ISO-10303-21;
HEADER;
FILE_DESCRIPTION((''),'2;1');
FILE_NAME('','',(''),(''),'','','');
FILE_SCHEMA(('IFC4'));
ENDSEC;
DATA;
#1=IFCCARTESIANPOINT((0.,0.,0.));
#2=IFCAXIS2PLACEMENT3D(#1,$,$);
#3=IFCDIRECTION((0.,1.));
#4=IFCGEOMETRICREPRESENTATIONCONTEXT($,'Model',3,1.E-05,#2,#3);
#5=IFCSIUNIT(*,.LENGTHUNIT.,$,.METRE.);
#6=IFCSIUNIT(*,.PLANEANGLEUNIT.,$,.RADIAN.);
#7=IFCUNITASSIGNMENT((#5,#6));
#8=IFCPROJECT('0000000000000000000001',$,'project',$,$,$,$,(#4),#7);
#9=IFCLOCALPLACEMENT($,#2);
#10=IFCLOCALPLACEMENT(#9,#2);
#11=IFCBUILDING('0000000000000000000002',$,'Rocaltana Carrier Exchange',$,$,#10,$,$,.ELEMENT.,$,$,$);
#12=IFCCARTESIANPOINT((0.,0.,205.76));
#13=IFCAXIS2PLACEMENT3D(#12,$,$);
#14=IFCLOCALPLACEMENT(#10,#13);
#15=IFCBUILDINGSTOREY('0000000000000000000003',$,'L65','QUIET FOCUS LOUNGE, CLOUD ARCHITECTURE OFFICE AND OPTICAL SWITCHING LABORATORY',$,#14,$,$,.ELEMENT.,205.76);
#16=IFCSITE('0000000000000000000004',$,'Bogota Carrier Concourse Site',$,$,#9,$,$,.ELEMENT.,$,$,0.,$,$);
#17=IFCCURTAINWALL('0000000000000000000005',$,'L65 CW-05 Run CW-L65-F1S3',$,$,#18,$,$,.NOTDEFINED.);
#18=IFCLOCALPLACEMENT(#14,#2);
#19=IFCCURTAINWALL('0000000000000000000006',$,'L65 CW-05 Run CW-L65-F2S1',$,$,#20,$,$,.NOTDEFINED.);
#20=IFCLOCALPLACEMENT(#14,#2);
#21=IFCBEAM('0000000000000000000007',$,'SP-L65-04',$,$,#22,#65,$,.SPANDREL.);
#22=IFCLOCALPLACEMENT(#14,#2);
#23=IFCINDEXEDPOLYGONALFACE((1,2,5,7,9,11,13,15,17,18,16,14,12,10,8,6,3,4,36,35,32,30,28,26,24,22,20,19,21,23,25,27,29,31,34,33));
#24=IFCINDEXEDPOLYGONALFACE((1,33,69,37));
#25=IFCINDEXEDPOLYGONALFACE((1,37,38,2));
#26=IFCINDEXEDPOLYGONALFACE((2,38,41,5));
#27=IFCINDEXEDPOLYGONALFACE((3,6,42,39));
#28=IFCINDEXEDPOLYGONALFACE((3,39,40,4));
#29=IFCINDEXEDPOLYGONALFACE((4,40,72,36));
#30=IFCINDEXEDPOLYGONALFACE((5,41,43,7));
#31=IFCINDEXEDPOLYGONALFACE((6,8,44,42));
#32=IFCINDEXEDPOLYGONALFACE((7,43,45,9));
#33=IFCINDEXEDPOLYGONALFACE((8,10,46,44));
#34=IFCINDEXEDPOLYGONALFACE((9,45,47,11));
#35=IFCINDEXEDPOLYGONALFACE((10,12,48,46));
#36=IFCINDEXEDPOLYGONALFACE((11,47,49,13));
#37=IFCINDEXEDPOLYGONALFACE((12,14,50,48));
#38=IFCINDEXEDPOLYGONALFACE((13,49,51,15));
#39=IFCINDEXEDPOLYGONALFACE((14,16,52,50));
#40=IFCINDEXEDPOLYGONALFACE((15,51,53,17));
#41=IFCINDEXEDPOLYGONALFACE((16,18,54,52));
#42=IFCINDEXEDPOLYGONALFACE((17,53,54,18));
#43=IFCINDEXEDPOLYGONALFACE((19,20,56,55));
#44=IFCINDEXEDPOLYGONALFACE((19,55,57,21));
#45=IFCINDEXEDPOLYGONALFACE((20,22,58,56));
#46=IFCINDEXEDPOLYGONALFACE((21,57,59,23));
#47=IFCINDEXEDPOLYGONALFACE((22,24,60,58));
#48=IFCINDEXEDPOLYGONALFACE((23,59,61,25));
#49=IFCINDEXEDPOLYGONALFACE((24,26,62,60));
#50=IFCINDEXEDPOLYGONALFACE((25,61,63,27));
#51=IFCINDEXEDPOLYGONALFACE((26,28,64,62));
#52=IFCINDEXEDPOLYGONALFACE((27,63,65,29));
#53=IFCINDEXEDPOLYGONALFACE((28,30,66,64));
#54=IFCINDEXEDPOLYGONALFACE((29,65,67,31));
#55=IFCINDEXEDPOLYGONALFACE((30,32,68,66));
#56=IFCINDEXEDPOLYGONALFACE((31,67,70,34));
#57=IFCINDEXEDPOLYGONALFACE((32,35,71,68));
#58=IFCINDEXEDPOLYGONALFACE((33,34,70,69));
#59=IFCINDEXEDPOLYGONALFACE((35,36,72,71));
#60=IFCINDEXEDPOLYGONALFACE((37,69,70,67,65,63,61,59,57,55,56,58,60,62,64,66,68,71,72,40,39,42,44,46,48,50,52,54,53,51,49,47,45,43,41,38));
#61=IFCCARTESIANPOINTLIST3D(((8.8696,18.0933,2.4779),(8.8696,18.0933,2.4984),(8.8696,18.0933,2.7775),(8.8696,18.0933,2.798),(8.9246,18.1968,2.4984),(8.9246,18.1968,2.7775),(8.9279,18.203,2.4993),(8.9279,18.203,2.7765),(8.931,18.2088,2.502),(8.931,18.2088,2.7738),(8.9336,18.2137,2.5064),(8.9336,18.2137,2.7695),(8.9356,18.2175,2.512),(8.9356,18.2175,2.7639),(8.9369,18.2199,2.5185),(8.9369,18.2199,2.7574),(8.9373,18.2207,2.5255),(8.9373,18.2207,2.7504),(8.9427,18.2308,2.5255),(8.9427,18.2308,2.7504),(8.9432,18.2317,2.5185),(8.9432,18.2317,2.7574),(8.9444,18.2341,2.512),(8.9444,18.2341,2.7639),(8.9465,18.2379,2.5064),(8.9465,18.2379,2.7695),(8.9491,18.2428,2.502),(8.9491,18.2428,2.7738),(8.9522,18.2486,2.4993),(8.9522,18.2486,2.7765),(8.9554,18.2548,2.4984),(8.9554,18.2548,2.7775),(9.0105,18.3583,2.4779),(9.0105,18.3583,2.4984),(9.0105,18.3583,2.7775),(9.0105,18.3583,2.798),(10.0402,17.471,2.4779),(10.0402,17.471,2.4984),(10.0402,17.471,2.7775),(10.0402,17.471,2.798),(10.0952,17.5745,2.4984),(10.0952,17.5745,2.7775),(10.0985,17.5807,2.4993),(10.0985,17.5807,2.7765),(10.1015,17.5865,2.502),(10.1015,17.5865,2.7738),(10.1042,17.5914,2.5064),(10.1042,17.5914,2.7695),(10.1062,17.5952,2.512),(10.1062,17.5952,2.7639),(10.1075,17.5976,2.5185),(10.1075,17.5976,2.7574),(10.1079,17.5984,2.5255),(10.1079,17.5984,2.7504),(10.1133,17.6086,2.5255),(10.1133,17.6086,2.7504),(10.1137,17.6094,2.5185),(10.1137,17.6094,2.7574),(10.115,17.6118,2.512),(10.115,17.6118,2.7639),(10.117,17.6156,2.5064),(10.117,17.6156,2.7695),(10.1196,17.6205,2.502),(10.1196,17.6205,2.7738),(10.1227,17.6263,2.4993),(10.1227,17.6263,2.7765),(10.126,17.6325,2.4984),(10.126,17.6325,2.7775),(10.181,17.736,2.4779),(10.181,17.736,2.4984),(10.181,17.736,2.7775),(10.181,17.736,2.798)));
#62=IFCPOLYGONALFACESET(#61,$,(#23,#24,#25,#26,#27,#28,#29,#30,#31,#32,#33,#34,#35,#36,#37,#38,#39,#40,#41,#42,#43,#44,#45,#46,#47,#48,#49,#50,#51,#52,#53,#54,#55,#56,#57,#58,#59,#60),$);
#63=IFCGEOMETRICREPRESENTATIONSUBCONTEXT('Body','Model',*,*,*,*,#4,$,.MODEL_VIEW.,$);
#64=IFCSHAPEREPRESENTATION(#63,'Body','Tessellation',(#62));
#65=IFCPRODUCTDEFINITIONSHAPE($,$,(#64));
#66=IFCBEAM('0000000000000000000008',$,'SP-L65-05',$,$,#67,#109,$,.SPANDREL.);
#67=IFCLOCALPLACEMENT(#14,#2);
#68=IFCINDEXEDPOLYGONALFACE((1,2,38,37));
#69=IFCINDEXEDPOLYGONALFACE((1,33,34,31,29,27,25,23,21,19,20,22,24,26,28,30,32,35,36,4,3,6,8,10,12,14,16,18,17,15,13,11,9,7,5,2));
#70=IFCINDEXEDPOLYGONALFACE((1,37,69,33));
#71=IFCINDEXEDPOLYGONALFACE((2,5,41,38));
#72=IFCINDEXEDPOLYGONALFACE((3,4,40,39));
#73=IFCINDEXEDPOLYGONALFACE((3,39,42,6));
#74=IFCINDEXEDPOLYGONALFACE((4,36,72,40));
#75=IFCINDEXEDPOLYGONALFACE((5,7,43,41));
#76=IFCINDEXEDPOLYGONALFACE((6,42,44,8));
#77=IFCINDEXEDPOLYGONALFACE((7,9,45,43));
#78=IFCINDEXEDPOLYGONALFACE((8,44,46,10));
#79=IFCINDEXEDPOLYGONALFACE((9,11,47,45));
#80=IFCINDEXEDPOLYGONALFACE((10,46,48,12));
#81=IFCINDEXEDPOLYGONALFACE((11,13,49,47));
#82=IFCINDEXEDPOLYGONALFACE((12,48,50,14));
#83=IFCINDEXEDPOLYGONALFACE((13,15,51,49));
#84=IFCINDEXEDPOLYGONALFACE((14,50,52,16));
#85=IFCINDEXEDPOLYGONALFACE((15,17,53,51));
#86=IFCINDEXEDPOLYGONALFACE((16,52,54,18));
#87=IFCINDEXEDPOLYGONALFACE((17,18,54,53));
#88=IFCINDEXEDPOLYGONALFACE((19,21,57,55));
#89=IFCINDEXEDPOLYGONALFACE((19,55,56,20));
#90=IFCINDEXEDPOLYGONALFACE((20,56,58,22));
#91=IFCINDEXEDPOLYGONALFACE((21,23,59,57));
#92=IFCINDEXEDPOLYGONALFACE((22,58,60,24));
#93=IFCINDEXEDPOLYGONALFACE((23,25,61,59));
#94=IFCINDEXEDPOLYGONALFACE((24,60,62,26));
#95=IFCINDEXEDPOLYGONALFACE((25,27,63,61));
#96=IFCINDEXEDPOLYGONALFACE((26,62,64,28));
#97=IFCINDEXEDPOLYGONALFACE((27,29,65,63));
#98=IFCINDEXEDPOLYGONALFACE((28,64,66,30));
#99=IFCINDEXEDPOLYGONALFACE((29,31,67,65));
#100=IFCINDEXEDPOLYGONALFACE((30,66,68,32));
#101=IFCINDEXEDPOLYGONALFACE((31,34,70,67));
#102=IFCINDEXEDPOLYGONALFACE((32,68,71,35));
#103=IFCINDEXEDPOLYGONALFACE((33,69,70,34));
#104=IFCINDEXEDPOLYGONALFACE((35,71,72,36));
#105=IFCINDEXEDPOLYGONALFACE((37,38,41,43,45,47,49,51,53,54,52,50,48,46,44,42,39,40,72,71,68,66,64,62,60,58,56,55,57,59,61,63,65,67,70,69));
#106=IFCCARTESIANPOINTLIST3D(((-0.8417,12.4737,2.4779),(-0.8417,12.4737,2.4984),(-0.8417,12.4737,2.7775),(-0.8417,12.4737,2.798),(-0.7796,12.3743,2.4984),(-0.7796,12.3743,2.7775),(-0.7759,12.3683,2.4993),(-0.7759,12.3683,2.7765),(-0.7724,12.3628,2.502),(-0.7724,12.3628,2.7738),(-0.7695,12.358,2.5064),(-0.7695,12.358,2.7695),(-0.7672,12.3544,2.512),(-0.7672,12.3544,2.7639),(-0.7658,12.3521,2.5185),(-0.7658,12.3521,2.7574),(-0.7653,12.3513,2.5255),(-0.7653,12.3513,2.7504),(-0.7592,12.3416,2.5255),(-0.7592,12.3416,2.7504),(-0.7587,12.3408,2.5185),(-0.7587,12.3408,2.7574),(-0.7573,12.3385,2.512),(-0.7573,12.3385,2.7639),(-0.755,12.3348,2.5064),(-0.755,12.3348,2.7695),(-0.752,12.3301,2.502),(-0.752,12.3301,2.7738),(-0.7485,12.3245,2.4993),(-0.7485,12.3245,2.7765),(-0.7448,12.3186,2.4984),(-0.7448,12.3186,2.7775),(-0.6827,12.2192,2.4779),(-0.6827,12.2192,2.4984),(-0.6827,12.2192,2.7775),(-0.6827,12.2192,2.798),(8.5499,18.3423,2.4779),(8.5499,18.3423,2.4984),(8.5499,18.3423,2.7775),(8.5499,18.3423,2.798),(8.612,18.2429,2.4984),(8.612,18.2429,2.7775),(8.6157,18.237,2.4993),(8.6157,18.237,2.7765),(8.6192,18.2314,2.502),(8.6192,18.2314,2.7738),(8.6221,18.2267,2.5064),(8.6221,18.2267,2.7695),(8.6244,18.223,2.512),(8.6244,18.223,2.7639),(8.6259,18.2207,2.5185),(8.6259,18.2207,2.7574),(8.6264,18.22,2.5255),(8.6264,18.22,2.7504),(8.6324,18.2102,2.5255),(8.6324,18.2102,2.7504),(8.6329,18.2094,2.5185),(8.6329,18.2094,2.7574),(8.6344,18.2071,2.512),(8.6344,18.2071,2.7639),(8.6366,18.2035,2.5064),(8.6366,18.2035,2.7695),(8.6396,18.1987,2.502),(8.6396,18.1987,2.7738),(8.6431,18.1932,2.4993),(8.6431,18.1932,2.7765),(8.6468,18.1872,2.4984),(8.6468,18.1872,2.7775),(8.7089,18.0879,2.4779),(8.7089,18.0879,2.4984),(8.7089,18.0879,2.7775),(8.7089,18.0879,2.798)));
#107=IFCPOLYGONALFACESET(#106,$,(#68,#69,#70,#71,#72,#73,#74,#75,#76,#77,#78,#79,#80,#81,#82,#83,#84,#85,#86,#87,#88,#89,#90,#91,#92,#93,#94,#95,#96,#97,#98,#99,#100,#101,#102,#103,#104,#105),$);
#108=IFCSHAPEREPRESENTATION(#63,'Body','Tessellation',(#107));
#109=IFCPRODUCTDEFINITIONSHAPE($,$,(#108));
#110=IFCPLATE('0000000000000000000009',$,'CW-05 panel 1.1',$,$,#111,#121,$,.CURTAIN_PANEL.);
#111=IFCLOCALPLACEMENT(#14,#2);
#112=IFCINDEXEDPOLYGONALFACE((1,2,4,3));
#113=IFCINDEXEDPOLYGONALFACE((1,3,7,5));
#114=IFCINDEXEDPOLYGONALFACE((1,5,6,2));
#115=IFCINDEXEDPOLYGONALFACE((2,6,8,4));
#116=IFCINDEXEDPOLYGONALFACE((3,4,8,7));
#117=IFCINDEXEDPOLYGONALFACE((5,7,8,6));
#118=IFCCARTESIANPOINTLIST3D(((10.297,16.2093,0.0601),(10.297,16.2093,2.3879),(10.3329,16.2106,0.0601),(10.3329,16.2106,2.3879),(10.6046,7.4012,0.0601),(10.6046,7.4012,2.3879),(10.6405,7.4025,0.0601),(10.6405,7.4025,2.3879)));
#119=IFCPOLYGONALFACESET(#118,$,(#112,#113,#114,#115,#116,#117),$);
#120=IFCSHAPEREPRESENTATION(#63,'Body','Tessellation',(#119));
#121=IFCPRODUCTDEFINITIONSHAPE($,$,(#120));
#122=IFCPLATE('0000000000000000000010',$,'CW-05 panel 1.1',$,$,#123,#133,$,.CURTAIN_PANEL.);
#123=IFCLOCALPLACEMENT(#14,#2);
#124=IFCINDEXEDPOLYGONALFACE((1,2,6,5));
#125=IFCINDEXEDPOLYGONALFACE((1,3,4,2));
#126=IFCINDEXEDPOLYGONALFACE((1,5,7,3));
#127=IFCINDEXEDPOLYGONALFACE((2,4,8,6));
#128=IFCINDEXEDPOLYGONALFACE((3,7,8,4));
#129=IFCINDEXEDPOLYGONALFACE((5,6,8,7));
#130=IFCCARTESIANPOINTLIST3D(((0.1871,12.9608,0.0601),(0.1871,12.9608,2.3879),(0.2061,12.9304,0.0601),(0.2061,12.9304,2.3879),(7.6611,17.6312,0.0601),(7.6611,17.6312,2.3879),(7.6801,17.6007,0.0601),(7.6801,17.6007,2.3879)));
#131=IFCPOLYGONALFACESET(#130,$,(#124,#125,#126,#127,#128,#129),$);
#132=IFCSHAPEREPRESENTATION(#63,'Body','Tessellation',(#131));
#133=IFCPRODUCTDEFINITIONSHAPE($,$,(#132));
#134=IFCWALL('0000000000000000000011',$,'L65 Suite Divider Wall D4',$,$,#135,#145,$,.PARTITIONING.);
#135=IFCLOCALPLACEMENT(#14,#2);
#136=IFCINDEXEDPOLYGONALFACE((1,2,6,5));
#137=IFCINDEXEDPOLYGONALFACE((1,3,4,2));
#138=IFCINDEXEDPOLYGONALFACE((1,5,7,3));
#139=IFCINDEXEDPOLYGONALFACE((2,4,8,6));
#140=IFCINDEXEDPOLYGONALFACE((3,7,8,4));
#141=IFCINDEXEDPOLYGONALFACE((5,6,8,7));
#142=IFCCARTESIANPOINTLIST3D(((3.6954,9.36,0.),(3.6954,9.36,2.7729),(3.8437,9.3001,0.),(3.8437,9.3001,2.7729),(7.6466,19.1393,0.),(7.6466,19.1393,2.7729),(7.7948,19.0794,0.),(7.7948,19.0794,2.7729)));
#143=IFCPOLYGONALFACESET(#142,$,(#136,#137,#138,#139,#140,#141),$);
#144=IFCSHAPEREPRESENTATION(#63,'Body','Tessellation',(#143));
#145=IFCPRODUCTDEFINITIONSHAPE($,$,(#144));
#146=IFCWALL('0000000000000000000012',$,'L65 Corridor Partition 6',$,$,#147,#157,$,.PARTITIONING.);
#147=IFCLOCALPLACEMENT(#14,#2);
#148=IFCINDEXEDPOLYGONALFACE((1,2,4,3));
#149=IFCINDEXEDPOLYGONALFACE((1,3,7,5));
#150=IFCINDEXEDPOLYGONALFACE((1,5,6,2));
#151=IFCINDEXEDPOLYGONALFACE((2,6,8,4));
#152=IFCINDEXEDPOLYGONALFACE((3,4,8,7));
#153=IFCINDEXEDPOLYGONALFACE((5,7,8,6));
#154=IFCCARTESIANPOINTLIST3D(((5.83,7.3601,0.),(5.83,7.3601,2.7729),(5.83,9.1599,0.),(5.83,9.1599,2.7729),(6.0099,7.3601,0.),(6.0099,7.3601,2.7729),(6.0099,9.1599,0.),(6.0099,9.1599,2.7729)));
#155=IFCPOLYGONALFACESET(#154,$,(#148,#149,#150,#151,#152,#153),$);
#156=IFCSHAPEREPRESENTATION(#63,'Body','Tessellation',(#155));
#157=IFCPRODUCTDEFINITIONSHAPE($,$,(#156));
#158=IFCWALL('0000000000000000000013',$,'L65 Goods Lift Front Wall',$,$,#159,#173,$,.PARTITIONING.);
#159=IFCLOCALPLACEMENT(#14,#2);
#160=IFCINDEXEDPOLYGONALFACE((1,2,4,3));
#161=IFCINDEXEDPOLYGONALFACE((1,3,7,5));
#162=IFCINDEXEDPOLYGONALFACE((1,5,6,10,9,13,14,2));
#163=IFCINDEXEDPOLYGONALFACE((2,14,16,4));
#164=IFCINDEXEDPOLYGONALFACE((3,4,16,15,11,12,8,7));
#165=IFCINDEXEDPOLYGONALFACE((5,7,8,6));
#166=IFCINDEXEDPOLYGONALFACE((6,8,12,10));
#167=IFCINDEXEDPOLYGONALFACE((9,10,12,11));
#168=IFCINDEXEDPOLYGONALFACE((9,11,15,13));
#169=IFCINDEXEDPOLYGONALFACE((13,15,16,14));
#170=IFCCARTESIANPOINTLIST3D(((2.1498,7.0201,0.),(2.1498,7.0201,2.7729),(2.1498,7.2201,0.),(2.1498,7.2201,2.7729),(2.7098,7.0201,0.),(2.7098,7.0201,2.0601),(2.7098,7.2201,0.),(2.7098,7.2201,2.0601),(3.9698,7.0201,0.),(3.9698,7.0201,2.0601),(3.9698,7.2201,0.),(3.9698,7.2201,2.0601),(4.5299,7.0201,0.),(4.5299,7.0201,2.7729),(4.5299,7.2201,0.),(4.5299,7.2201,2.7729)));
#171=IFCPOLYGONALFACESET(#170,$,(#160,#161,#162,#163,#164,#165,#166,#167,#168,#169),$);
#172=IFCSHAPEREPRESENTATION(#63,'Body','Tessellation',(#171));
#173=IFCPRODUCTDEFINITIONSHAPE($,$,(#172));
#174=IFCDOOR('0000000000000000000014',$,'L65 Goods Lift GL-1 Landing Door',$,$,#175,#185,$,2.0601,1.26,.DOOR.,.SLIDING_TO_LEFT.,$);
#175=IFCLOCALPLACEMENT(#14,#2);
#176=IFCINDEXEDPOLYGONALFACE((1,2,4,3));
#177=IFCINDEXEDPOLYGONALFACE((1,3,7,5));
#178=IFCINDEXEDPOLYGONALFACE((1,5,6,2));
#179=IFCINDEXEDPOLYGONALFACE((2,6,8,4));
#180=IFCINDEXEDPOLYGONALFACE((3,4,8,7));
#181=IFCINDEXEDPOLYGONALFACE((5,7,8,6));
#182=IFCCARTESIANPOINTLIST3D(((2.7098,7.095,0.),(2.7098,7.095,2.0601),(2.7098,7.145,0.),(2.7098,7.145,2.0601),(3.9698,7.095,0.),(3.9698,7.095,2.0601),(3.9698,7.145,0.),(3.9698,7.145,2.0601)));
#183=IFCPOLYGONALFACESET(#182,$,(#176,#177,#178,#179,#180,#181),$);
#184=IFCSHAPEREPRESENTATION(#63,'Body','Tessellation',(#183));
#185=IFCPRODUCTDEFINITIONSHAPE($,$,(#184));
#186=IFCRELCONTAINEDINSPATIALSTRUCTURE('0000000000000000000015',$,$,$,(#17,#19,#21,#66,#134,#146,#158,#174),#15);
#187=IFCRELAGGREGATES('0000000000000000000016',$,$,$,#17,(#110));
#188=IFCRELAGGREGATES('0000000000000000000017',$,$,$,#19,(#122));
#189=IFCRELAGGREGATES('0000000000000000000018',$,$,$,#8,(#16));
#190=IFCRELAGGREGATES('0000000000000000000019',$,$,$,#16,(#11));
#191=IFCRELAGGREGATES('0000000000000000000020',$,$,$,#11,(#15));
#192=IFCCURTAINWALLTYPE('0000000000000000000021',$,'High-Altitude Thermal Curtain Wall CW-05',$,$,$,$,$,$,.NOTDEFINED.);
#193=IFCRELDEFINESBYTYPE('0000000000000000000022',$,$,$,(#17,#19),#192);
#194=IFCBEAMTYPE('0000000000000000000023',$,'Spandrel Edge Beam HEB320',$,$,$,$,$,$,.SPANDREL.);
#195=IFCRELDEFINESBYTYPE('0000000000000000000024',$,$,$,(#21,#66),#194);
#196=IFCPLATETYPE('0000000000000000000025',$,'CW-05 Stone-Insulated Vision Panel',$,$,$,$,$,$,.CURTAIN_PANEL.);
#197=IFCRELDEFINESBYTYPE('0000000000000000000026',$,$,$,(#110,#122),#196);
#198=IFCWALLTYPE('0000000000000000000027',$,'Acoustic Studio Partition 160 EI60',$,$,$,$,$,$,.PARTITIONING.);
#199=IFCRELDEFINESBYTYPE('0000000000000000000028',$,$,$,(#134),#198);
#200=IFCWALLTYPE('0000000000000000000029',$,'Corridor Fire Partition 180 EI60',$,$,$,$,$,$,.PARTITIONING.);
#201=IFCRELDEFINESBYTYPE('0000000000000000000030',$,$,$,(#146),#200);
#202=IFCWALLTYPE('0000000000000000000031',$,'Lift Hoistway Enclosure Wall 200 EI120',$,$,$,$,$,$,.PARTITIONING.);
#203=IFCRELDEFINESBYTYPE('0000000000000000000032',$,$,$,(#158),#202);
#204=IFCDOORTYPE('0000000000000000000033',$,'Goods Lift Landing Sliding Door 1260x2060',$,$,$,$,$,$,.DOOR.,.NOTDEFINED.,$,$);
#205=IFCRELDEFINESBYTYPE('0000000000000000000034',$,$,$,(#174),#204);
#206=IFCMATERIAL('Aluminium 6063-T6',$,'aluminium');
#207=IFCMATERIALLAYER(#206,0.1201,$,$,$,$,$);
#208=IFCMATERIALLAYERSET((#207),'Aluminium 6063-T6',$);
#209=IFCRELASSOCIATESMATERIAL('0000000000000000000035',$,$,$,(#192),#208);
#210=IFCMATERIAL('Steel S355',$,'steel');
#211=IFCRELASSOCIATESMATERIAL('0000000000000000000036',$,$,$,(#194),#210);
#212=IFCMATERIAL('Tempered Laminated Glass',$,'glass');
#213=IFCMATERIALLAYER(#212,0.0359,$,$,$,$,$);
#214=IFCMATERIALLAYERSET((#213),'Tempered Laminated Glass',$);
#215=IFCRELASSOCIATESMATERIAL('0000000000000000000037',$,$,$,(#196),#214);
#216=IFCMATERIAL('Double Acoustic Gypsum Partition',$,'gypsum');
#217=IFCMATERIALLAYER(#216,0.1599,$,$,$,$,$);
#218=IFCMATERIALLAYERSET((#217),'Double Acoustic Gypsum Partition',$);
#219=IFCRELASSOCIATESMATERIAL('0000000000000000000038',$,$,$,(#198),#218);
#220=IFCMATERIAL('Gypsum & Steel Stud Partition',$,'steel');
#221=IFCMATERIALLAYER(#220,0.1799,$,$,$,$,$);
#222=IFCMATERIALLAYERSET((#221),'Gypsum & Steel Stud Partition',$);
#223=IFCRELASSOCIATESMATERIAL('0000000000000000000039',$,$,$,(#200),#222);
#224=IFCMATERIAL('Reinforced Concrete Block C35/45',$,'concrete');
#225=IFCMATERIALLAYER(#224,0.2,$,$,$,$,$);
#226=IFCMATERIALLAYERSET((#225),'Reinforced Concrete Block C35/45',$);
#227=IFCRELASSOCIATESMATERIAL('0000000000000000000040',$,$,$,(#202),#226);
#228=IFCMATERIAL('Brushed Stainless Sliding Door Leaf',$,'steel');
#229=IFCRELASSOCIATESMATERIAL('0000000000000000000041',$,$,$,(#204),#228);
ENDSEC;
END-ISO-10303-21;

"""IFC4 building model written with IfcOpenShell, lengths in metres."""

from ifc_helpers import new_model, si_unit, direction, frame, frame_2d, origin, origin_2d, place, context, subcontext, project, spatial, rectangle, i_section, extrude, material, layer, layer_set, material_profile, profile_set, type_object, element, fill, aggregate, save


model = new_model("IFC4")

# Units and contexts
model_context = context("Model", 3, precision=1e-05, world=origin(), true_north=direction((0.0, 1.0)))
body_context = subcontext(model_context, "Body", "Model", "MODEL_VIEW")
ifc_project = project(units=[si_unit("LENGTHUNIT", "METRE"), si_unit("PLANEANGLEUNIT", "RADIAN")], contexts=[model_context])

# Site, building, storey
site_placement = place(None, origin())
site = spatial("IfcSite", under=ifc_project, at=site_placement, Name="Bogota Carrier Concourse Site", CompositionType="ELEMENT", RefElevation=0.0)
building_placement = place(site_placement, origin())
building = spatial("IfcBuilding", under=site, at=building_placement, Name="Rocaltana Carrier Exchange", CompositionType="ELEMENT")
storey_placement = place(building_placement, frame((0.0, 0.0, 205.76)))
storey = spatial("IfcBuildingStorey", under=building, at=storey_placement, Name="L65", Description="QUIET FOCUS LOUNGE, CLOUD ARCHITECTURE OFFICE AND OPTICAL SWITCHING LABORATORY", CompositionType="ELEMENT", Elevation=205.76)

# Curtain walls
ifc_material_1 = material(Name="Aluminium 6063-T6", Category="aluminium")
ifc_layer_1 = layer(ifc_material_1, 0.1201)
ifc_layer_set_1 = layer_set([ifc_layer_1], Name="Aluminium 6063-T6")
curtain_wall_type = type_object("IfcCurtainWallType", Name="High-Altitude Thermal Curtain Wall CW-05", PredefinedType="NOTDEFINED", material=ifc_layer_set_1)
curtain_wall_1_placement = place(storey_placement, origin())
curtain_wall_1 = element("IfcCurtainWall", 1, at=curtain_wall_1_placement, inside=storey, type_object=curtain_wall_type, Name="L65 CW-05 Run CW-L65-F1S3", PredefinedType="NOTDEFINED")
curtain_wall_2_placement = place(storey_placement, origin())
curtain_wall_2 = element("IfcCurtainWall", 2, at=curtain_wall_2_placement, inside=storey, type_object=curtain_wall_type, Name="L65 CW-05 Run CW-L65-F2S1", PredefinedType="NOTDEFINED")

# Beams
ifc_material_2 = material(Name="Steel S355", Category="steel")
ifc_material_profile_1 = material_profile(ifc_material_2, i_section(OverallWidth=0.3, OverallDepth=0.3201, WebThickness=0.0115, FlangeThickness=0.0205, FilletRadius=0.0271, at=origin_2d()), Name="HEB320")
ifc_profile_set_1 = profile_set([ifc_material_profile_1], Name="Steel S355")
beam_type_1 = type_object("IfcBeamType", Name="Spandrel Edge Beam HEB320", PredefinedType="SPANDREL", material=ifc_profile_set_1)
beam_1_placement = place(storey_placement, frame((10.1106, 17.6035, 2.6379), z_axis=(-0.882989, 0.469393, 0.0), x_axis=(-0.469393, -0.882989, 0.0)))
element("IfcBeam", 3, at=beam_1_placement, inside=storey, type_object=beam_type_1, Name="SP-L65-04", PredefinedType="SPANDREL", context=body_context, shape_type="SweptSolid", body=[
    extrude(i_section(OverallWidth=0.3, OverallDepth=0.3201, WebThickness=0.0115, FlangeThickness=0.0205, FilletRadius=0.0271, at=origin_2d()), origin(), (0.0, 0.0, 1.0), 1.3257),
])
beam_2_placement = place(storey_placement, frame((8.6294, 18.2151, 2.6379), z_axis=(-0.848043, -0.529928, 0.0), x_axis=(0.529928, -0.848043, 0.0)))
element("IfcBeam", 4, at=beam_2_placement, inside=storey, type_object=beam_type_1, Name="SP-L65-05", PredefinedType="SPANDREL", context=body_context, shape_type="SweptSolid", body=[
    extrude(i_section(OverallWidth=0.3, OverallDepth=0.3201, WebThickness=0.0115, FlangeThickness=0.0205, FilletRadius=0.0271, at=origin_2d()), origin(), (0.0, 0.0, 1.0), 11.0745),
])

# Plates
ifc_material_3 = material(Name="Tempered Laminated Glass", Category="glass")
ifc_layer_2 = layer(ifc_material_3, 0.0359)
ifc_layer_set_2 = layer_set([ifc_layer_2], Name="Tempered Laminated Glass")
plate_type = type_object("IfcPlateType", Name="CW-05 Stone-Insulated Vision Panel", PredefinedType="CURTAIN_PANEL", material=ifc_layer_set_2)
plate_1_placement = place(storey_placement, frame((10.4688, 11.8059, 0.0601), z_axis=(0.0, 0.0, 1.0), x_axis=(-0.034903, 0.999391, 0.0)))
plate_1 = element("IfcPlate", 5, at=plate_1_placement, type_object=plate_type, Name="CW-05 panel 1.1", PredefinedType="CURTAIN_PANEL", context=body_context, shape_type="SweptSolid", body=[
    extrude(rectangle(XDim=8.8135, YDim=0.0359, at=origin_2d()), origin(), (0.0, 0.0, 1.0), 2.3279),
])
aggregate(curtain_wall_1, [plate_1])
plate_2_placement = place(storey_placement, frame((3.9336, 15.2808, 0.0601), z_axis=(0.0, 0.0, 1.0), x_axis=(-0.848042, -0.529929, 0.0)))
plate_2 = element("IfcPlate", 6, at=plate_2_placement, type_object=plate_type, Name="CW-05 panel 1.1", PredefinedType="CURTAIN_PANEL", context=body_context, shape_type="SweptSolid", body=[
    extrude(rectangle(XDim=8.8132, YDim=0.0359, at=origin_2d()), origin(), (0.0, 0.0, 1.0), 2.3279),
])
aggregate(curtain_wall_2, [plate_2])

# Walls
ifc_material_4 = material(Name="Double Acoustic Gypsum Partition", Category="gypsum")
ifc_layer_3 = layer(ifc_material_4, 0.1599)
ifc_layer_set_3 = layer_set([ifc_layer_3], Name="Double Acoustic Gypsum Partition")
wall_type_1 = type_object("IfcWallType", Name="Acoustic Studio Partition 160 EI60", PredefinedType="PARTITIONING", material=ifc_layer_set_3)
wall_1_placement = place(storey_placement, frame((3.7695, 9.3301, 0.0), z_axis=(0.0, 0.0, 1.0), x_axis=(0.374613, 0.927181, 0.0)))
element("IfcWall", 7, at=wall_1_placement, inside=storey, type_object=wall_type_1, Name="L65 Suite Divider Wall D4", PredefinedType="PARTITIONING", context=body_context, shape_type="SweptSolid", body=[
    extrude(rectangle(XDim=10.5474, YDim=0.1599, at=frame_2d((5.2737, 0.0))), origin(), (0.0, 0.0, 1.0), 2.7729),
])
ifc_material_5 = material(Name="Gypsum & Steel Stud Partition", Category="steel")
ifc_layer_4 = layer(ifc_material_5, 0.1799)
ifc_layer_set_4 = layer_set([ifc_layer_4], Name="Gypsum & Steel Stud Partition")
wall_type_2 = type_object("IfcWallType", Name="Corridor Fire Partition 180 EI60", PredefinedType="PARTITIONING", material=ifc_layer_set_4)
wall_2_placement = place(storey_placement, frame((5.9199, 9.1599, 0.0), z_axis=(0.0, 0.0, 1.0), x_axis=(0.0, -1.0, 0.0)))
element("IfcWall", 8, at=wall_2_placement, inside=storey, type_object=wall_type_2, Name="L65 Corridor Partition 6", PredefinedType="PARTITIONING", context=body_context, shape_type="SweptSolid", body=[
    extrude(rectangle(XDim=1.7998, YDim=0.1799, at=frame_2d((0.8999, 0.0))), origin(), (0.0, 0.0, 1.0), 2.7729),
])

# Wall, opening, door
ifc_material_6 = material(Name="Reinforced Concrete Block C35/45", Category="concrete")
ifc_layer_5 = layer(ifc_material_6, 0.2)
ifc_layer_set_5 = layer_set([ifc_layer_5], Name="Reinforced Concrete Block C35/45")
wall_type_3 = type_object("IfcWallType", Name="Lift Hoistway Enclosure Wall 200 EI120", PredefinedType="PARTITIONING", material=ifc_layer_set_5)
wall_3_placement = place(storey_placement, frame((2.1499, 7.1201, 0.0), z_axis=(0.0, 0.0, 1.0), x_axis=(1.0, 0.0, 0.0)))
wall_3 = element("IfcWall", 9, at=wall_3_placement, inside=storey, type_object=wall_type_3, Name="L65 Goods Lift Front Wall", PredefinedType="PARTITIONING", context=body_context, shape_type="SweptSolid", body=[
    extrude(rectangle(XDim=2.3801, YDim=0.2, at=frame_2d((1.1899, 0.0))), origin(), (0.0, 0.0, 1.0), 2.7729),
])
opening_1_placement = place(wall_3_placement, frame((0.5601, 0.0, 0.0)))
opening_1 = element("IfcOpeningElement", 10, at=opening_1_placement, cuts=wall_3, PredefinedType="OPENING", context=body_context, shape_type="SweptSolid", body=[
    extrude(rectangle(XDim=1.26, YDim=2.0601, at=frame_2d((0.6299, 1.03))), frame((0.0, 0.1099, 0.0), z_axis=(0.0, -1.0, 0.0), x_axis=(1.0, 0.0, 0.0)), (0.0, 0.0, 1.0), 0.22),
])
ifc_material_7 = material(Name="Brushed Stainless Sliding Door Leaf", Category="steel")
door_type_1 = type_object("IfcDoorType", Name="Goods Lift Landing Sliding Door 1260x2060", OperationType="NOTDEFINED", PredefinedType="DOOR", material=ifc_material_7)
door_1_placement = place(opening_1_placement, origin())
door_1 = element("IfcDoor", 11, at=door_1_placement, inside=storey, type_object=door_type_1, Name="L65 Goods Lift GL-1 Landing Door", OperationType="SLIDING_TO_LEFT", OverallHeight=2.0601, OverallWidth=1.26, PredefinedType="DOOR", context=body_context, shape_type="SweptSolid", body=[
    extrude(rectangle(XDim=1.26, YDim=2.0601, at=frame_2d((0.6299, 1.03))), frame((0.0, 0.0249, 0.0), z_axis=(0.0, -1.0, 0.0), x_axis=(1.0, 0.0, 0.0)), (0.0, 0.0, 1.0), 0.05),
])
fill(opening_1, door_1)

save(model, "model.ifc")
